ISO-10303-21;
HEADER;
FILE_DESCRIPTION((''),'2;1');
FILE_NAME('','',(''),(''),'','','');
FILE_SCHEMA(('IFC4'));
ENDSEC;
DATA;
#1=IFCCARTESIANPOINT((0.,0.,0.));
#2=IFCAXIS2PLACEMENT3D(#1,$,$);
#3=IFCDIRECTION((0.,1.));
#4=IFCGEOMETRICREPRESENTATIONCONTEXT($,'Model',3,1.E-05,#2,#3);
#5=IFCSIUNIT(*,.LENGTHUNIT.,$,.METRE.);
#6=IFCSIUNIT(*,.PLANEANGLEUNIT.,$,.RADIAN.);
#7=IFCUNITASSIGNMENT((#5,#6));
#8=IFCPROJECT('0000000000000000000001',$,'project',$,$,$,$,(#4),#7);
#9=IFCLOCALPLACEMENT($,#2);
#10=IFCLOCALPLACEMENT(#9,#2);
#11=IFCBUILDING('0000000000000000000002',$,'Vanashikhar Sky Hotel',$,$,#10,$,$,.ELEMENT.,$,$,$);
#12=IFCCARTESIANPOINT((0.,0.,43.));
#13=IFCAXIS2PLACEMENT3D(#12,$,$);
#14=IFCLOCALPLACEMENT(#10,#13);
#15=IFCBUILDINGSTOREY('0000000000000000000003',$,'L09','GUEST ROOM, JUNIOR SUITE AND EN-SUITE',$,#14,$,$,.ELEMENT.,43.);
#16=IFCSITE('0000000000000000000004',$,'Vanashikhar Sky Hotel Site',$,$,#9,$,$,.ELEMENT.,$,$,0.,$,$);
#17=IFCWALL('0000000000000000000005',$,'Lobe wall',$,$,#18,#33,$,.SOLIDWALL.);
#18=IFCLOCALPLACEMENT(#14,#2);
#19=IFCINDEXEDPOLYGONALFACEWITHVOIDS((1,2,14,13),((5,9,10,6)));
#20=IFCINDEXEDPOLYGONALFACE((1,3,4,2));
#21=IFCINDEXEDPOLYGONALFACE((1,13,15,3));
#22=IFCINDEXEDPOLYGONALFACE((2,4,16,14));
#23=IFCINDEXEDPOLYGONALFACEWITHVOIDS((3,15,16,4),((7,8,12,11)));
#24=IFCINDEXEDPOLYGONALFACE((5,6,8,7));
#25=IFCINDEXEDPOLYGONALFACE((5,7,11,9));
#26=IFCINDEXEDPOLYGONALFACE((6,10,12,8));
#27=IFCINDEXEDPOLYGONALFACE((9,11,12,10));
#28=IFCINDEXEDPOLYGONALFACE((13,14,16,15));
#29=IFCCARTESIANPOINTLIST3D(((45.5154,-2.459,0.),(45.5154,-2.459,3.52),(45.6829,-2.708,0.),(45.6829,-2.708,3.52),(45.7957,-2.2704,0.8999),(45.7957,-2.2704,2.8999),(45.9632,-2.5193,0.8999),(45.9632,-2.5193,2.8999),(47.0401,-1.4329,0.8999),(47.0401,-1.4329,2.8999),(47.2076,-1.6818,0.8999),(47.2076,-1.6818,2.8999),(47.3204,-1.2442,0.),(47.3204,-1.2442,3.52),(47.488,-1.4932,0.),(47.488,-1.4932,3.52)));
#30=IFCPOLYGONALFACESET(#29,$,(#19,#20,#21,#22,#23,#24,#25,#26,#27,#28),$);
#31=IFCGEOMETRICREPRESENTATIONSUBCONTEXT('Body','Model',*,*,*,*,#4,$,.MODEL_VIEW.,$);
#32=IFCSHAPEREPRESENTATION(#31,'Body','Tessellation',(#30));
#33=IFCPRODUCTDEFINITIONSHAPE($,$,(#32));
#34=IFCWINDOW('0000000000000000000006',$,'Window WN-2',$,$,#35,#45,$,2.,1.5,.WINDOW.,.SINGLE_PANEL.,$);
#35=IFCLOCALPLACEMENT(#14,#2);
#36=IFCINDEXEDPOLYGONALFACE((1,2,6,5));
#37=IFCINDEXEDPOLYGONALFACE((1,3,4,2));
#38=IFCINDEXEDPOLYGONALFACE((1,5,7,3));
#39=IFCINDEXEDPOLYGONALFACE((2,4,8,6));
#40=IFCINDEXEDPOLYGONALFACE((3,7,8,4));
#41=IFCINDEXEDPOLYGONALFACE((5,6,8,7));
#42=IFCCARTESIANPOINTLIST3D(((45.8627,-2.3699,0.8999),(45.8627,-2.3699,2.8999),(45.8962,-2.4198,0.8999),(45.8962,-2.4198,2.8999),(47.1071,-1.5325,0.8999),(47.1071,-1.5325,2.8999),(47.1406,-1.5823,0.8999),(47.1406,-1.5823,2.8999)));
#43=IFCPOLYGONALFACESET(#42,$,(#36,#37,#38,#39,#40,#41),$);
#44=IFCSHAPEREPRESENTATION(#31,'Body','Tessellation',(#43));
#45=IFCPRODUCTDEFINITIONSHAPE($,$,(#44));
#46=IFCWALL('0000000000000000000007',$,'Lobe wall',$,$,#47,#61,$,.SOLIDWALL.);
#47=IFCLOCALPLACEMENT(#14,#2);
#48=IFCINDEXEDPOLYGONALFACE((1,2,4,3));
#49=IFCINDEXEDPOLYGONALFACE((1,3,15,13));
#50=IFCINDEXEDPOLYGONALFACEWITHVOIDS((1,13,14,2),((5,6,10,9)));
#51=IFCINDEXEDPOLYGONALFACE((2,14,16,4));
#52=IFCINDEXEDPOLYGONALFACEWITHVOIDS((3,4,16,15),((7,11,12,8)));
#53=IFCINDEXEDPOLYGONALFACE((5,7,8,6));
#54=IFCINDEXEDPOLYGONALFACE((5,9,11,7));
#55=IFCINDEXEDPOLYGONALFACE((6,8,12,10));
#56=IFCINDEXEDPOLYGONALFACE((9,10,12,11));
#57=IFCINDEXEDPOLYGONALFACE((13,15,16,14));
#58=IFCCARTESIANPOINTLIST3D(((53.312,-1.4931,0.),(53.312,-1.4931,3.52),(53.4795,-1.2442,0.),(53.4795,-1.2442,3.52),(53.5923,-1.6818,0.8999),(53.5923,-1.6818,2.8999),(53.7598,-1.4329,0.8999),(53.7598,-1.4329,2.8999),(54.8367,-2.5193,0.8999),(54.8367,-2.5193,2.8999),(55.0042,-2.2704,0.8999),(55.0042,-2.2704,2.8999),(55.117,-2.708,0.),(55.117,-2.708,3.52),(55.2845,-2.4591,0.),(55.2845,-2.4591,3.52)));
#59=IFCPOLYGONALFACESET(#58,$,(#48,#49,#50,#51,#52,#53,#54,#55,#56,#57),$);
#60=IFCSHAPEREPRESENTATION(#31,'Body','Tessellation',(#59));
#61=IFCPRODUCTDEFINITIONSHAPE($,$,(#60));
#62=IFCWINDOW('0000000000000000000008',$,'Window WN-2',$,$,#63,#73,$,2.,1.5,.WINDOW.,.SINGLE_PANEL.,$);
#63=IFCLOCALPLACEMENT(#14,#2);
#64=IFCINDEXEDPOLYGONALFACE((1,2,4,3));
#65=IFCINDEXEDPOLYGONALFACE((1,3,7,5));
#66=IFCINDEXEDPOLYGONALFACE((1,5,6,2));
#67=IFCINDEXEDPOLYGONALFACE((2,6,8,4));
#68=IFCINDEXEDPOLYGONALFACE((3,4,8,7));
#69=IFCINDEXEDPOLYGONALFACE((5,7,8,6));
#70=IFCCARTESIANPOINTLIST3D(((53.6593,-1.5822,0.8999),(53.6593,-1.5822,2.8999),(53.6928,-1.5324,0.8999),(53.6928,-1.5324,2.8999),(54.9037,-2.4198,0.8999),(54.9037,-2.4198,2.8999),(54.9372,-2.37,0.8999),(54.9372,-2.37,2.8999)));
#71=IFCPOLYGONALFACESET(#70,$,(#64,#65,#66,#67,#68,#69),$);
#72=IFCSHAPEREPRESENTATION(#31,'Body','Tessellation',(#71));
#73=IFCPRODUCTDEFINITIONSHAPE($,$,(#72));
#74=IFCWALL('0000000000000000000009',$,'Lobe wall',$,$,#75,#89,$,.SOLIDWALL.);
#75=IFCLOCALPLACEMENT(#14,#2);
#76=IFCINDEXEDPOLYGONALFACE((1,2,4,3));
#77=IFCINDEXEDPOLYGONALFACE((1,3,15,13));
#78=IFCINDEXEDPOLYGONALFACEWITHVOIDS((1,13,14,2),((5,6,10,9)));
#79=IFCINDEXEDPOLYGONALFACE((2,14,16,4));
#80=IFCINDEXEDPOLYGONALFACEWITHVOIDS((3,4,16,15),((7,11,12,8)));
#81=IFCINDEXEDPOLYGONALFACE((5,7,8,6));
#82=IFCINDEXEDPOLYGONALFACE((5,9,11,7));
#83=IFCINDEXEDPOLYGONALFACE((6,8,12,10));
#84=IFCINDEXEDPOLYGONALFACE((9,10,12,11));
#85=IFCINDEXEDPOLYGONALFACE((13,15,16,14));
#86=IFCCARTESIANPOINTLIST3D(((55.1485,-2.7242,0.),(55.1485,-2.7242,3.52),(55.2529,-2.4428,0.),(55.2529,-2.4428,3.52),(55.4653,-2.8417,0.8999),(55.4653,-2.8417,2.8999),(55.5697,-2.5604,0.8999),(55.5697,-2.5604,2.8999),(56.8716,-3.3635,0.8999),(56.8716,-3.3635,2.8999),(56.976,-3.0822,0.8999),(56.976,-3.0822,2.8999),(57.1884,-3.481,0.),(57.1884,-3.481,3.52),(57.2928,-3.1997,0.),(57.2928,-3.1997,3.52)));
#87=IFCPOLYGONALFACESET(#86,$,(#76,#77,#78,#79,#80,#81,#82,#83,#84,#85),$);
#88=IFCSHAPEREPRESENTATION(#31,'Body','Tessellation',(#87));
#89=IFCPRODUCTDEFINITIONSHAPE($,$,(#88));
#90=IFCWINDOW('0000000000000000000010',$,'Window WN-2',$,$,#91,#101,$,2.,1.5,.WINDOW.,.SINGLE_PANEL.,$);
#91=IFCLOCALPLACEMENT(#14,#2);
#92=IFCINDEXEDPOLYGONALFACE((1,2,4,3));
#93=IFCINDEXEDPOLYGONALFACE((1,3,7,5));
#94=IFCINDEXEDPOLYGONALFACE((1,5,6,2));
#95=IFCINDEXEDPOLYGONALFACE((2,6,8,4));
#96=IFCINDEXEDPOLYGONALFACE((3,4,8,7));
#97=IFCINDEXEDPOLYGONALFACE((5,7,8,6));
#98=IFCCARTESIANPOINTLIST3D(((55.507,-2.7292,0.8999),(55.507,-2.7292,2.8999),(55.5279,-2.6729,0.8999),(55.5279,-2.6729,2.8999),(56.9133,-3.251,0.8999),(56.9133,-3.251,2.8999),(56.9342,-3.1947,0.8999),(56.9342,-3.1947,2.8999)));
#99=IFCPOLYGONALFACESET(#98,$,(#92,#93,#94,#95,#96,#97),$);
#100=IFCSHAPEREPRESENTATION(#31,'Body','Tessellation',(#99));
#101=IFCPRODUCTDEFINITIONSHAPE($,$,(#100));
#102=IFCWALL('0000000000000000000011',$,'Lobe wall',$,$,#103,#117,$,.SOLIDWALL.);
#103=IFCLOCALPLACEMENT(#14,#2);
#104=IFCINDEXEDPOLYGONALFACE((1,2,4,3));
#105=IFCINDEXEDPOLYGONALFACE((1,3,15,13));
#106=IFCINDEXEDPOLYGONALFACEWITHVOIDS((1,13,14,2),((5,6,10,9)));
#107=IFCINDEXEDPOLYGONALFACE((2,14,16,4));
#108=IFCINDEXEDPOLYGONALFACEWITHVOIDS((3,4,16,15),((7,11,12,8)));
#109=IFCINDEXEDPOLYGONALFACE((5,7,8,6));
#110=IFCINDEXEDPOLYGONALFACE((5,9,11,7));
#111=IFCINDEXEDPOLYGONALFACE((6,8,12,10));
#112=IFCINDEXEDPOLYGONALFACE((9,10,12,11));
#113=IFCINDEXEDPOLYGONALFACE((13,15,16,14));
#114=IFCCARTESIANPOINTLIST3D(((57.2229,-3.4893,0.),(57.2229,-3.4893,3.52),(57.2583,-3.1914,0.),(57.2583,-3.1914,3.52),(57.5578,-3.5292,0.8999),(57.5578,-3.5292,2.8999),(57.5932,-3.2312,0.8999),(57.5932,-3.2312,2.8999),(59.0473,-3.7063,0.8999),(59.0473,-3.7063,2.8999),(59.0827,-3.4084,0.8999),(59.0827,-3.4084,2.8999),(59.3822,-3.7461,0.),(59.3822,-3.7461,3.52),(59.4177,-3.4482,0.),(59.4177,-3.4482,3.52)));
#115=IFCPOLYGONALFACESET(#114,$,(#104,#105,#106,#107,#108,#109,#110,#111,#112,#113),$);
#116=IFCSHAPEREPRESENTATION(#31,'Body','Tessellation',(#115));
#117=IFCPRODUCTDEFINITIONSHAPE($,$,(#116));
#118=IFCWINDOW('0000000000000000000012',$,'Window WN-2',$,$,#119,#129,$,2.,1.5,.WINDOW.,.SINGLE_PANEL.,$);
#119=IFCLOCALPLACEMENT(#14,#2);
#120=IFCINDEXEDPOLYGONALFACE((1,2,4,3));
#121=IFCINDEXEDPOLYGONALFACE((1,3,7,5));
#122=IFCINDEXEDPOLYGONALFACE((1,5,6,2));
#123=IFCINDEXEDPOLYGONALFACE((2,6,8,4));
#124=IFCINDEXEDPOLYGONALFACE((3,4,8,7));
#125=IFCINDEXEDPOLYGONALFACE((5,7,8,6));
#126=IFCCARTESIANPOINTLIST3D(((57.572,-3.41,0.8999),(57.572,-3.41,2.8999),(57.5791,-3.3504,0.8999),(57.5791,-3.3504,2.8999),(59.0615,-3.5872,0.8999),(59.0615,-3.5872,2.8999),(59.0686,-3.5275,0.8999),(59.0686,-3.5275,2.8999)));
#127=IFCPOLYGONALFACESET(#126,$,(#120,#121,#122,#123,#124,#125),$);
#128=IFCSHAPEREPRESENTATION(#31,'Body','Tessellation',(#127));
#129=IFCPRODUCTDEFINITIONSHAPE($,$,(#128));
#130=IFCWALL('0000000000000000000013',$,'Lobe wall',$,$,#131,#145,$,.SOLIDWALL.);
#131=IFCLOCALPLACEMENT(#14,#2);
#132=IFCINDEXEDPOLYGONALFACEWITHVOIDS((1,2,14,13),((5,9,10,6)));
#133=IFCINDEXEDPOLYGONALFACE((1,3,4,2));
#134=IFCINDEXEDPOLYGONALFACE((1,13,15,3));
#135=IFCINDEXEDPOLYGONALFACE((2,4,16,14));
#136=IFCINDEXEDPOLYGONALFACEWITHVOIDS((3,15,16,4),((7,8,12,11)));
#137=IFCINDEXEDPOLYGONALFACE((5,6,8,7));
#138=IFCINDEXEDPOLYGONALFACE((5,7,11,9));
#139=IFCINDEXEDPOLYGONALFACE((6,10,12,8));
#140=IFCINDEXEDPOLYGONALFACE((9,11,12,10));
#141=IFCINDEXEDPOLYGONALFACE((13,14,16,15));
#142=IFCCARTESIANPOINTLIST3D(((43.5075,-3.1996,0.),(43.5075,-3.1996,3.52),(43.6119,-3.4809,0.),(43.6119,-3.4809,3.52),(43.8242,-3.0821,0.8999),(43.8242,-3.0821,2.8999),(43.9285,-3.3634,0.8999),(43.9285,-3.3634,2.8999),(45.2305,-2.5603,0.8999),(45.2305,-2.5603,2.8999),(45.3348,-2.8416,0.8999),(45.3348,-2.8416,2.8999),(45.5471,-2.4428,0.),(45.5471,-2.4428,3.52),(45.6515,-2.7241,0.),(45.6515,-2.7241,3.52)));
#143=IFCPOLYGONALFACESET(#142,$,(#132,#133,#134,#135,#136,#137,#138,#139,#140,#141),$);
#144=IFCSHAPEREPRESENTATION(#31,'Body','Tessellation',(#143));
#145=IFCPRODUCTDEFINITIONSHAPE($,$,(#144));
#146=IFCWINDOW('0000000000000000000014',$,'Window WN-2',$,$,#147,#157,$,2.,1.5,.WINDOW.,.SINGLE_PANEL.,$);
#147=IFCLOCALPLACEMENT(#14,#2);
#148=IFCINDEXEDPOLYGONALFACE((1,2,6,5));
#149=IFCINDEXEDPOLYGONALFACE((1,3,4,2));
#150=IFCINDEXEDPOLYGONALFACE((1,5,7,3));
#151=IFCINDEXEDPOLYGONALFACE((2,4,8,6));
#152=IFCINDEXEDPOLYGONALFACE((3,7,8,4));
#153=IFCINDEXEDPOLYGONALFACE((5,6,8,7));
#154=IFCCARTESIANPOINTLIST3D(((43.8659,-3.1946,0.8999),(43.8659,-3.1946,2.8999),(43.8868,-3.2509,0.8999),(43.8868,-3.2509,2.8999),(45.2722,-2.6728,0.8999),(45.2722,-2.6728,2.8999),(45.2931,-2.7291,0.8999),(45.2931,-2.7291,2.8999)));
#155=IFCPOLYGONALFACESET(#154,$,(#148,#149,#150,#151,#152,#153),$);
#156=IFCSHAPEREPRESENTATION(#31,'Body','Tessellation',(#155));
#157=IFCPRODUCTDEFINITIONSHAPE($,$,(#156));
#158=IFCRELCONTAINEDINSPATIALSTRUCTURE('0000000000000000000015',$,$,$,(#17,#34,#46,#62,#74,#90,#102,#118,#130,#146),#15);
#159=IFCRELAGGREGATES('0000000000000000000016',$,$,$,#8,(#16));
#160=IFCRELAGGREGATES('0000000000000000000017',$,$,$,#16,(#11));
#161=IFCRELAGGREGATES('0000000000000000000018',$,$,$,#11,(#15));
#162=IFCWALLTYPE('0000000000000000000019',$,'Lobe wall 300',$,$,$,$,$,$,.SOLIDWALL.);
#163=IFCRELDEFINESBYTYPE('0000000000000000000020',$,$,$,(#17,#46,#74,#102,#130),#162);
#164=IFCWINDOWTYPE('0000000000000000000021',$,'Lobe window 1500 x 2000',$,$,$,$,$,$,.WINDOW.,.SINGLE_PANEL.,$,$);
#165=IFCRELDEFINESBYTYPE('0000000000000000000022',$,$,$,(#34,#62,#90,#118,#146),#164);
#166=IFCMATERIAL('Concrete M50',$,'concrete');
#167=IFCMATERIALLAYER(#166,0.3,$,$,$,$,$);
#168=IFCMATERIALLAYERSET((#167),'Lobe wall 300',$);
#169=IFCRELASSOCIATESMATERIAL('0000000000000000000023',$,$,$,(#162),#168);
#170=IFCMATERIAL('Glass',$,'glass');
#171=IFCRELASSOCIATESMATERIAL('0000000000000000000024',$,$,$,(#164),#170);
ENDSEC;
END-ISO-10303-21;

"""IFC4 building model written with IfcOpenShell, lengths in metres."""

from ifc_helpers import new_model, si_unit, direction, frame, frame_2d, origin, place, context, subcontext, project, spatial, rectangle, extrude, source, transform, mapped, material, layer, layer_set, type_object, element, fill, save


model = new_model("IFC4")

# Units and contexts
model_context = context("Model", 3, precision=1e-05, world=origin(), true_north=direction((0.0, 1.0)))
body_context = subcontext(model_context, "Body", "Model", "MODEL_VIEW")
ifc_project = project(units=[si_unit("LENGTHUNIT", "METRE"), si_unit("PLANEANGLEUNIT", "RADIAN")], contexts=[model_context])

# Site, building, storey
site_placement = place(None, origin())
site = spatial("IfcSite", under=ifc_project, at=site_placement, Name="Vanashikhar Sky Hotel Site", CompositionType="ELEMENT", RefElevation=0.0)
building_placement = place(site_placement, origin())
building = spatial("IfcBuilding", under=site, at=building_placement, Name="Vanashikhar Sky Hotel", CompositionType="ELEMENT")
storey_placement = place(building_placement, frame((0.0, 0.0, 43.0)))
storey = spatial("IfcBuildingStorey", under=building, at=storey_placement, Name="L09", Description="GUEST ROOM, JUNIOR SUITE AND EN-SUITE", CompositionType="ELEMENT", Elevation=43.0)

# Walls, openings, windows
ifc_material_1 = material(Name="Concrete M50", Category="concrete")
ifc_layer = layer(ifc_material_1, 0.3)
ifc_layer_set = layer_set([ifc_layer], Name="Lobe wall 300")
wall_type = type_object("IfcWallType", Name="Lobe wall 300", PredefinedType="SOLIDWALL", material=ifc_layer_set)
shared_shape_1 = source(origin(), body_context, "Body", "SweptSolid", [
    extrude(rectangle(XDim=2.1758, YDim=0.3, at=frame_2d((1.0879, 0.0))), origin(), (0.0, 0.0, 1.0), 3.52),
])
wall_1_placement = place(storey_placement, frame((45.5991, -2.5835, 0.0), z_axis=(0.0, 0.0, 1.0), x_axis=(0.829626, 0.55832, 0.0)))
wall_1 = element("IfcWall", 1, at=wall_1_placement, inside=storey, type_object=wall_type, Name="Lobe wall", PredefinedType="SOLIDWALL", context=body_context, shape_type="MappedRepresentation", body=[
    mapped(shared_shape_1, transform((0.0, 0.0, 0.0), scale=1.0)),
])
shared_shape_2 = source(origin(), body_context, "Body", "SweptSolid", [
    extrude(rectangle(XDim=1.5, YDim=2.0, at=frame_2d((0.75, 1.0))), frame((0.0, 0.1602, 0.0), z_axis=(0.0, -1.0, 0.0), x_axis=(1.0, 0.0, 0.0)), (0.0, 0.0, 1.0), 0.3201),
])
opening_1_placement = place(wall_1_placement, frame((0.3379, 0.0, 0.8999)))
opening_1 = element("IfcOpeningElement", 2, at=opening_1_placement, cuts=wall_1, PredefinedType="OPENING", context=body_context, shape_type="MappedRepresentation", body=[
    mapped(shared_shape_2, transform((0.0, 0.0, 0.0), scale=1.0)),
])
ifc_material_2 = material(Name="Glass", Category="glass")
window_type = type_object("IfcWindowType", Name="Lobe window 1500 x 2000", PartitioningType="SINGLE_PANEL", PredefinedType="WINDOW", material=ifc_material_2)
shared_shape_3 = source(origin(), body_context, "Body", "SweptSolid", [
    extrude(rectangle(XDim=1.5, YDim=2.0, at=frame_2d((0.75, 1.0))), frame((0.0, 0.03, 0.0), z_axis=(0.0, -1.0, 0.0), x_axis=(1.0, 0.0, 0.0)), (0.0, 0.0, 1.0), 0.0601),
])
window_1_placement = place(opening_1_placement, origin())
window_1 = element("IfcWindow", 3, at=window_1_placement, inside=storey, type_object=window_type, Name="Window WN-2", OverallHeight=2.0, OverallWidth=1.5, PartitioningType="SINGLE_PANEL", PredefinedType="WINDOW", context=body_context, shape_type="MappedRepresentation", body=[
    mapped(shared_shape_3, transform((0.0, 0.0, 0.0), scale=1.0)),
])
fill(opening_1, window_1)
wall_2_placement = place(storey_placement, frame((53.3958, -1.3687, 0.0), z_axis=(0.0, 0.0, 1.0), x_axis=(0.829591, -0.558372, 0.0)))
wall_2 = element("IfcWall", 4, at=wall_2_placement, inside=storey, type_object=wall_type, Name="Lobe wall", PredefinedType="SOLIDWALL", context=body_context, shape_type="MappedRepresentation", body=[
    mapped(shared_shape_1, transform((0.0, 0.0, 0.0), scale=1.0)),
])
opening_2_placement = place(wall_2_placement, frame((0.3379, 0.0, 0.8999)))
opening_2 = element("IfcOpeningElement", 5, at=opening_2_placement, cuts=wall_2, PredefinedType="OPENING", context=body_context, shape_type="MappedRepresentation", body=[
    mapped(shared_shape_2, transform((0.0, 0.0, 0.0), scale=1.0)),
])
window_2_placement = place(opening_2_placement, origin())
window_2 = element("IfcWindow", 6, at=window_2_placement, inside=storey, type_object=window_type, Name="Window WN-2", OverallHeight=2.0, OverallWidth=1.5, PartitioningType="SINGLE_PANEL", PredefinedType="WINDOW", context=body_context, shape_type="MappedRepresentation", body=[
    mapped(shared_shape_3, transform((0.0, 0.0, 0.0), scale=1.0)),
])
fill(opening_2, window_2)
wall_3_placement = place(storey_placement, frame((55.2007, -2.5835, 0.0), z_axis=(0.0, 0.0, 1.0), x_axis=(0.937546, -0.347863, 0.0)))
wall_3 = element("IfcWall", 7, at=wall_3_placement, inside=storey, type_object=wall_type, Name="Lobe wall", PredefinedType="SOLIDWALL", context=body_context, shape_type="MappedRepresentation", body=[
    mapped(shared_shape_1, transform((0.0, 0.0, 0.0), scale=1.0)),
])
opening_3_placement = place(wall_3_placement, frame((0.3379, 0.0, 0.8999)))
opening_3 = element("IfcOpeningElement", 8, at=opening_3_placement, cuts=wall_3, PredefinedType="OPENING", context=body_context, shape_type="MappedRepresentation", body=[
    mapped(shared_shape_2, transform((0.0, 0.0, 0.0), scale=1.0)),
])
window_3_placement = place(opening_3_placement, origin())
window_3 = element("IfcWindow", 9, at=window_3_placement, inside=storey, type_object=window_type, Name="Window WN-2", OverallHeight=2.0, OverallWidth=1.5, PartitioningType="SINGLE_PANEL", PredefinedType="WINDOW", context=body_context, shape_type="MappedRepresentation", body=[
    mapped(shared_shape_3, transform((0.0, 0.0, 0.0), scale=1.0)),
])
fill(opening_3, window_3)
shared_shape_4 = source(origin(), body_context, "Body", "SweptSolid", [
    extrude(rectangle(XDim=2.1746, YDim=0.3, at=frame_2d((1.0874, 0.0))), origin(), (0.0, 0.0, 1.0), 3.52),
])
wall_4_placement = place(storey_placement, frame((57.2405, -3.3403, 0.0), z_axis=(0.0, 0.0, 1.0), x_axis=(0.993001, -0.118105, 0.0)))
wall_4 = element("IfcWall", 10, at=wall_4_placement, inside=storey, type_object=wall_type, Name="Lobe wall", PredefinedType="SOLIDWALL", context=body_context, shape_type="MappedRepresentation", body=[
    mapped(shared_shape_4, transform((0.0, 0.0, 0.0), scale=1.0)),
])
opening_4_placement = place(wall_4_placement, frame((0.3374, 0.0, 0.8999)))
opening_4 = element("IfcOpeningElement", 11, at=opening_4_placement, cuts=wall_4, PredefinedType="OPENING", context=body_context, shape_type="MappedRepresentation", body=[
    mapped(shared_shape_2, transform((0.0, 0.0, 0.0), scale=1.0)),
])
window_4_placement = place(opening_4_placement, origin())
window_4 = element("IfcWindow", 12, at=window_4_placement, inside=storey, type_object=window_type, Name="Window WN-2", OverallHeight=2.0, OverallWidth=1.5, PartitioningType="SINGLE_PANEL", PredefinedType="WINDOW", context=body_context, shape_type="MappedRepresentation", body=[
    mapped(shared_shape_3, transform((0.0, 0.0, 0.0), scale=1.0)),
])
fill(opening_4, window_4)
shared_shape_5 = source(origin(), body_context, "Body", "SweptSolid", [
    extrude(rectangle(XDim=2.1755, YDim=0.3, at=frame_2d((1.0879, 0.0))), origin(), (0.0, 0.0, 1.0), 3.52),
])
wall_5_placement = place(storey_placement, frame((43.5596, -3.3403, 0.0), z_axis=(0.0, 0.0, 1.0), x_axis=(0.937532, 0.347899, 0.0)))
wall_5 = element("IfcWall", 13, at=wall_5_placement, inside=storey, type_object=wall_type, Name="Lobe wall", PredefinedType="SOLIDWALL", context=body_context, shape_type="MappedRepresentation", body=[
    mapped(shared_shape_5, transform((0.0, 0.0, 0.0), scale=1.0)),
])
opening_5_placement = place(wall_5_placement, frame((0.3379, 0.0, 0.8999)))
opening_5 = element("IfcOpeningElement", 14, at=opening_5_placement, cuts=wall_5, PredefinedType="OPENING", context=body_context, shape_type="MappedRepresentation", body=[
    mapped(shared_shape_2, transform((0.0, 0.0, 0.0), scale=1.0)),
])
window_5_placement = place(opening_5_placement, origin())
window_5 = element("IfcWindow", 15, at=window_5_placement, inside=storey, type_object=window_type, Name="Window WN-2", OverallHeight=2.0, OverallWidth=1.5, PartitioningType="SINGLE_PANEL", PredefinedType="WINDOW", context=body_context, shape_type="MappedRepresentation", body=[
    mapped(shared_shape_3, transform((0.0, 0.0, 0.0), scale=1.0)),
])
fill(opening_5, window_5)

save(model, "model.ifc")
